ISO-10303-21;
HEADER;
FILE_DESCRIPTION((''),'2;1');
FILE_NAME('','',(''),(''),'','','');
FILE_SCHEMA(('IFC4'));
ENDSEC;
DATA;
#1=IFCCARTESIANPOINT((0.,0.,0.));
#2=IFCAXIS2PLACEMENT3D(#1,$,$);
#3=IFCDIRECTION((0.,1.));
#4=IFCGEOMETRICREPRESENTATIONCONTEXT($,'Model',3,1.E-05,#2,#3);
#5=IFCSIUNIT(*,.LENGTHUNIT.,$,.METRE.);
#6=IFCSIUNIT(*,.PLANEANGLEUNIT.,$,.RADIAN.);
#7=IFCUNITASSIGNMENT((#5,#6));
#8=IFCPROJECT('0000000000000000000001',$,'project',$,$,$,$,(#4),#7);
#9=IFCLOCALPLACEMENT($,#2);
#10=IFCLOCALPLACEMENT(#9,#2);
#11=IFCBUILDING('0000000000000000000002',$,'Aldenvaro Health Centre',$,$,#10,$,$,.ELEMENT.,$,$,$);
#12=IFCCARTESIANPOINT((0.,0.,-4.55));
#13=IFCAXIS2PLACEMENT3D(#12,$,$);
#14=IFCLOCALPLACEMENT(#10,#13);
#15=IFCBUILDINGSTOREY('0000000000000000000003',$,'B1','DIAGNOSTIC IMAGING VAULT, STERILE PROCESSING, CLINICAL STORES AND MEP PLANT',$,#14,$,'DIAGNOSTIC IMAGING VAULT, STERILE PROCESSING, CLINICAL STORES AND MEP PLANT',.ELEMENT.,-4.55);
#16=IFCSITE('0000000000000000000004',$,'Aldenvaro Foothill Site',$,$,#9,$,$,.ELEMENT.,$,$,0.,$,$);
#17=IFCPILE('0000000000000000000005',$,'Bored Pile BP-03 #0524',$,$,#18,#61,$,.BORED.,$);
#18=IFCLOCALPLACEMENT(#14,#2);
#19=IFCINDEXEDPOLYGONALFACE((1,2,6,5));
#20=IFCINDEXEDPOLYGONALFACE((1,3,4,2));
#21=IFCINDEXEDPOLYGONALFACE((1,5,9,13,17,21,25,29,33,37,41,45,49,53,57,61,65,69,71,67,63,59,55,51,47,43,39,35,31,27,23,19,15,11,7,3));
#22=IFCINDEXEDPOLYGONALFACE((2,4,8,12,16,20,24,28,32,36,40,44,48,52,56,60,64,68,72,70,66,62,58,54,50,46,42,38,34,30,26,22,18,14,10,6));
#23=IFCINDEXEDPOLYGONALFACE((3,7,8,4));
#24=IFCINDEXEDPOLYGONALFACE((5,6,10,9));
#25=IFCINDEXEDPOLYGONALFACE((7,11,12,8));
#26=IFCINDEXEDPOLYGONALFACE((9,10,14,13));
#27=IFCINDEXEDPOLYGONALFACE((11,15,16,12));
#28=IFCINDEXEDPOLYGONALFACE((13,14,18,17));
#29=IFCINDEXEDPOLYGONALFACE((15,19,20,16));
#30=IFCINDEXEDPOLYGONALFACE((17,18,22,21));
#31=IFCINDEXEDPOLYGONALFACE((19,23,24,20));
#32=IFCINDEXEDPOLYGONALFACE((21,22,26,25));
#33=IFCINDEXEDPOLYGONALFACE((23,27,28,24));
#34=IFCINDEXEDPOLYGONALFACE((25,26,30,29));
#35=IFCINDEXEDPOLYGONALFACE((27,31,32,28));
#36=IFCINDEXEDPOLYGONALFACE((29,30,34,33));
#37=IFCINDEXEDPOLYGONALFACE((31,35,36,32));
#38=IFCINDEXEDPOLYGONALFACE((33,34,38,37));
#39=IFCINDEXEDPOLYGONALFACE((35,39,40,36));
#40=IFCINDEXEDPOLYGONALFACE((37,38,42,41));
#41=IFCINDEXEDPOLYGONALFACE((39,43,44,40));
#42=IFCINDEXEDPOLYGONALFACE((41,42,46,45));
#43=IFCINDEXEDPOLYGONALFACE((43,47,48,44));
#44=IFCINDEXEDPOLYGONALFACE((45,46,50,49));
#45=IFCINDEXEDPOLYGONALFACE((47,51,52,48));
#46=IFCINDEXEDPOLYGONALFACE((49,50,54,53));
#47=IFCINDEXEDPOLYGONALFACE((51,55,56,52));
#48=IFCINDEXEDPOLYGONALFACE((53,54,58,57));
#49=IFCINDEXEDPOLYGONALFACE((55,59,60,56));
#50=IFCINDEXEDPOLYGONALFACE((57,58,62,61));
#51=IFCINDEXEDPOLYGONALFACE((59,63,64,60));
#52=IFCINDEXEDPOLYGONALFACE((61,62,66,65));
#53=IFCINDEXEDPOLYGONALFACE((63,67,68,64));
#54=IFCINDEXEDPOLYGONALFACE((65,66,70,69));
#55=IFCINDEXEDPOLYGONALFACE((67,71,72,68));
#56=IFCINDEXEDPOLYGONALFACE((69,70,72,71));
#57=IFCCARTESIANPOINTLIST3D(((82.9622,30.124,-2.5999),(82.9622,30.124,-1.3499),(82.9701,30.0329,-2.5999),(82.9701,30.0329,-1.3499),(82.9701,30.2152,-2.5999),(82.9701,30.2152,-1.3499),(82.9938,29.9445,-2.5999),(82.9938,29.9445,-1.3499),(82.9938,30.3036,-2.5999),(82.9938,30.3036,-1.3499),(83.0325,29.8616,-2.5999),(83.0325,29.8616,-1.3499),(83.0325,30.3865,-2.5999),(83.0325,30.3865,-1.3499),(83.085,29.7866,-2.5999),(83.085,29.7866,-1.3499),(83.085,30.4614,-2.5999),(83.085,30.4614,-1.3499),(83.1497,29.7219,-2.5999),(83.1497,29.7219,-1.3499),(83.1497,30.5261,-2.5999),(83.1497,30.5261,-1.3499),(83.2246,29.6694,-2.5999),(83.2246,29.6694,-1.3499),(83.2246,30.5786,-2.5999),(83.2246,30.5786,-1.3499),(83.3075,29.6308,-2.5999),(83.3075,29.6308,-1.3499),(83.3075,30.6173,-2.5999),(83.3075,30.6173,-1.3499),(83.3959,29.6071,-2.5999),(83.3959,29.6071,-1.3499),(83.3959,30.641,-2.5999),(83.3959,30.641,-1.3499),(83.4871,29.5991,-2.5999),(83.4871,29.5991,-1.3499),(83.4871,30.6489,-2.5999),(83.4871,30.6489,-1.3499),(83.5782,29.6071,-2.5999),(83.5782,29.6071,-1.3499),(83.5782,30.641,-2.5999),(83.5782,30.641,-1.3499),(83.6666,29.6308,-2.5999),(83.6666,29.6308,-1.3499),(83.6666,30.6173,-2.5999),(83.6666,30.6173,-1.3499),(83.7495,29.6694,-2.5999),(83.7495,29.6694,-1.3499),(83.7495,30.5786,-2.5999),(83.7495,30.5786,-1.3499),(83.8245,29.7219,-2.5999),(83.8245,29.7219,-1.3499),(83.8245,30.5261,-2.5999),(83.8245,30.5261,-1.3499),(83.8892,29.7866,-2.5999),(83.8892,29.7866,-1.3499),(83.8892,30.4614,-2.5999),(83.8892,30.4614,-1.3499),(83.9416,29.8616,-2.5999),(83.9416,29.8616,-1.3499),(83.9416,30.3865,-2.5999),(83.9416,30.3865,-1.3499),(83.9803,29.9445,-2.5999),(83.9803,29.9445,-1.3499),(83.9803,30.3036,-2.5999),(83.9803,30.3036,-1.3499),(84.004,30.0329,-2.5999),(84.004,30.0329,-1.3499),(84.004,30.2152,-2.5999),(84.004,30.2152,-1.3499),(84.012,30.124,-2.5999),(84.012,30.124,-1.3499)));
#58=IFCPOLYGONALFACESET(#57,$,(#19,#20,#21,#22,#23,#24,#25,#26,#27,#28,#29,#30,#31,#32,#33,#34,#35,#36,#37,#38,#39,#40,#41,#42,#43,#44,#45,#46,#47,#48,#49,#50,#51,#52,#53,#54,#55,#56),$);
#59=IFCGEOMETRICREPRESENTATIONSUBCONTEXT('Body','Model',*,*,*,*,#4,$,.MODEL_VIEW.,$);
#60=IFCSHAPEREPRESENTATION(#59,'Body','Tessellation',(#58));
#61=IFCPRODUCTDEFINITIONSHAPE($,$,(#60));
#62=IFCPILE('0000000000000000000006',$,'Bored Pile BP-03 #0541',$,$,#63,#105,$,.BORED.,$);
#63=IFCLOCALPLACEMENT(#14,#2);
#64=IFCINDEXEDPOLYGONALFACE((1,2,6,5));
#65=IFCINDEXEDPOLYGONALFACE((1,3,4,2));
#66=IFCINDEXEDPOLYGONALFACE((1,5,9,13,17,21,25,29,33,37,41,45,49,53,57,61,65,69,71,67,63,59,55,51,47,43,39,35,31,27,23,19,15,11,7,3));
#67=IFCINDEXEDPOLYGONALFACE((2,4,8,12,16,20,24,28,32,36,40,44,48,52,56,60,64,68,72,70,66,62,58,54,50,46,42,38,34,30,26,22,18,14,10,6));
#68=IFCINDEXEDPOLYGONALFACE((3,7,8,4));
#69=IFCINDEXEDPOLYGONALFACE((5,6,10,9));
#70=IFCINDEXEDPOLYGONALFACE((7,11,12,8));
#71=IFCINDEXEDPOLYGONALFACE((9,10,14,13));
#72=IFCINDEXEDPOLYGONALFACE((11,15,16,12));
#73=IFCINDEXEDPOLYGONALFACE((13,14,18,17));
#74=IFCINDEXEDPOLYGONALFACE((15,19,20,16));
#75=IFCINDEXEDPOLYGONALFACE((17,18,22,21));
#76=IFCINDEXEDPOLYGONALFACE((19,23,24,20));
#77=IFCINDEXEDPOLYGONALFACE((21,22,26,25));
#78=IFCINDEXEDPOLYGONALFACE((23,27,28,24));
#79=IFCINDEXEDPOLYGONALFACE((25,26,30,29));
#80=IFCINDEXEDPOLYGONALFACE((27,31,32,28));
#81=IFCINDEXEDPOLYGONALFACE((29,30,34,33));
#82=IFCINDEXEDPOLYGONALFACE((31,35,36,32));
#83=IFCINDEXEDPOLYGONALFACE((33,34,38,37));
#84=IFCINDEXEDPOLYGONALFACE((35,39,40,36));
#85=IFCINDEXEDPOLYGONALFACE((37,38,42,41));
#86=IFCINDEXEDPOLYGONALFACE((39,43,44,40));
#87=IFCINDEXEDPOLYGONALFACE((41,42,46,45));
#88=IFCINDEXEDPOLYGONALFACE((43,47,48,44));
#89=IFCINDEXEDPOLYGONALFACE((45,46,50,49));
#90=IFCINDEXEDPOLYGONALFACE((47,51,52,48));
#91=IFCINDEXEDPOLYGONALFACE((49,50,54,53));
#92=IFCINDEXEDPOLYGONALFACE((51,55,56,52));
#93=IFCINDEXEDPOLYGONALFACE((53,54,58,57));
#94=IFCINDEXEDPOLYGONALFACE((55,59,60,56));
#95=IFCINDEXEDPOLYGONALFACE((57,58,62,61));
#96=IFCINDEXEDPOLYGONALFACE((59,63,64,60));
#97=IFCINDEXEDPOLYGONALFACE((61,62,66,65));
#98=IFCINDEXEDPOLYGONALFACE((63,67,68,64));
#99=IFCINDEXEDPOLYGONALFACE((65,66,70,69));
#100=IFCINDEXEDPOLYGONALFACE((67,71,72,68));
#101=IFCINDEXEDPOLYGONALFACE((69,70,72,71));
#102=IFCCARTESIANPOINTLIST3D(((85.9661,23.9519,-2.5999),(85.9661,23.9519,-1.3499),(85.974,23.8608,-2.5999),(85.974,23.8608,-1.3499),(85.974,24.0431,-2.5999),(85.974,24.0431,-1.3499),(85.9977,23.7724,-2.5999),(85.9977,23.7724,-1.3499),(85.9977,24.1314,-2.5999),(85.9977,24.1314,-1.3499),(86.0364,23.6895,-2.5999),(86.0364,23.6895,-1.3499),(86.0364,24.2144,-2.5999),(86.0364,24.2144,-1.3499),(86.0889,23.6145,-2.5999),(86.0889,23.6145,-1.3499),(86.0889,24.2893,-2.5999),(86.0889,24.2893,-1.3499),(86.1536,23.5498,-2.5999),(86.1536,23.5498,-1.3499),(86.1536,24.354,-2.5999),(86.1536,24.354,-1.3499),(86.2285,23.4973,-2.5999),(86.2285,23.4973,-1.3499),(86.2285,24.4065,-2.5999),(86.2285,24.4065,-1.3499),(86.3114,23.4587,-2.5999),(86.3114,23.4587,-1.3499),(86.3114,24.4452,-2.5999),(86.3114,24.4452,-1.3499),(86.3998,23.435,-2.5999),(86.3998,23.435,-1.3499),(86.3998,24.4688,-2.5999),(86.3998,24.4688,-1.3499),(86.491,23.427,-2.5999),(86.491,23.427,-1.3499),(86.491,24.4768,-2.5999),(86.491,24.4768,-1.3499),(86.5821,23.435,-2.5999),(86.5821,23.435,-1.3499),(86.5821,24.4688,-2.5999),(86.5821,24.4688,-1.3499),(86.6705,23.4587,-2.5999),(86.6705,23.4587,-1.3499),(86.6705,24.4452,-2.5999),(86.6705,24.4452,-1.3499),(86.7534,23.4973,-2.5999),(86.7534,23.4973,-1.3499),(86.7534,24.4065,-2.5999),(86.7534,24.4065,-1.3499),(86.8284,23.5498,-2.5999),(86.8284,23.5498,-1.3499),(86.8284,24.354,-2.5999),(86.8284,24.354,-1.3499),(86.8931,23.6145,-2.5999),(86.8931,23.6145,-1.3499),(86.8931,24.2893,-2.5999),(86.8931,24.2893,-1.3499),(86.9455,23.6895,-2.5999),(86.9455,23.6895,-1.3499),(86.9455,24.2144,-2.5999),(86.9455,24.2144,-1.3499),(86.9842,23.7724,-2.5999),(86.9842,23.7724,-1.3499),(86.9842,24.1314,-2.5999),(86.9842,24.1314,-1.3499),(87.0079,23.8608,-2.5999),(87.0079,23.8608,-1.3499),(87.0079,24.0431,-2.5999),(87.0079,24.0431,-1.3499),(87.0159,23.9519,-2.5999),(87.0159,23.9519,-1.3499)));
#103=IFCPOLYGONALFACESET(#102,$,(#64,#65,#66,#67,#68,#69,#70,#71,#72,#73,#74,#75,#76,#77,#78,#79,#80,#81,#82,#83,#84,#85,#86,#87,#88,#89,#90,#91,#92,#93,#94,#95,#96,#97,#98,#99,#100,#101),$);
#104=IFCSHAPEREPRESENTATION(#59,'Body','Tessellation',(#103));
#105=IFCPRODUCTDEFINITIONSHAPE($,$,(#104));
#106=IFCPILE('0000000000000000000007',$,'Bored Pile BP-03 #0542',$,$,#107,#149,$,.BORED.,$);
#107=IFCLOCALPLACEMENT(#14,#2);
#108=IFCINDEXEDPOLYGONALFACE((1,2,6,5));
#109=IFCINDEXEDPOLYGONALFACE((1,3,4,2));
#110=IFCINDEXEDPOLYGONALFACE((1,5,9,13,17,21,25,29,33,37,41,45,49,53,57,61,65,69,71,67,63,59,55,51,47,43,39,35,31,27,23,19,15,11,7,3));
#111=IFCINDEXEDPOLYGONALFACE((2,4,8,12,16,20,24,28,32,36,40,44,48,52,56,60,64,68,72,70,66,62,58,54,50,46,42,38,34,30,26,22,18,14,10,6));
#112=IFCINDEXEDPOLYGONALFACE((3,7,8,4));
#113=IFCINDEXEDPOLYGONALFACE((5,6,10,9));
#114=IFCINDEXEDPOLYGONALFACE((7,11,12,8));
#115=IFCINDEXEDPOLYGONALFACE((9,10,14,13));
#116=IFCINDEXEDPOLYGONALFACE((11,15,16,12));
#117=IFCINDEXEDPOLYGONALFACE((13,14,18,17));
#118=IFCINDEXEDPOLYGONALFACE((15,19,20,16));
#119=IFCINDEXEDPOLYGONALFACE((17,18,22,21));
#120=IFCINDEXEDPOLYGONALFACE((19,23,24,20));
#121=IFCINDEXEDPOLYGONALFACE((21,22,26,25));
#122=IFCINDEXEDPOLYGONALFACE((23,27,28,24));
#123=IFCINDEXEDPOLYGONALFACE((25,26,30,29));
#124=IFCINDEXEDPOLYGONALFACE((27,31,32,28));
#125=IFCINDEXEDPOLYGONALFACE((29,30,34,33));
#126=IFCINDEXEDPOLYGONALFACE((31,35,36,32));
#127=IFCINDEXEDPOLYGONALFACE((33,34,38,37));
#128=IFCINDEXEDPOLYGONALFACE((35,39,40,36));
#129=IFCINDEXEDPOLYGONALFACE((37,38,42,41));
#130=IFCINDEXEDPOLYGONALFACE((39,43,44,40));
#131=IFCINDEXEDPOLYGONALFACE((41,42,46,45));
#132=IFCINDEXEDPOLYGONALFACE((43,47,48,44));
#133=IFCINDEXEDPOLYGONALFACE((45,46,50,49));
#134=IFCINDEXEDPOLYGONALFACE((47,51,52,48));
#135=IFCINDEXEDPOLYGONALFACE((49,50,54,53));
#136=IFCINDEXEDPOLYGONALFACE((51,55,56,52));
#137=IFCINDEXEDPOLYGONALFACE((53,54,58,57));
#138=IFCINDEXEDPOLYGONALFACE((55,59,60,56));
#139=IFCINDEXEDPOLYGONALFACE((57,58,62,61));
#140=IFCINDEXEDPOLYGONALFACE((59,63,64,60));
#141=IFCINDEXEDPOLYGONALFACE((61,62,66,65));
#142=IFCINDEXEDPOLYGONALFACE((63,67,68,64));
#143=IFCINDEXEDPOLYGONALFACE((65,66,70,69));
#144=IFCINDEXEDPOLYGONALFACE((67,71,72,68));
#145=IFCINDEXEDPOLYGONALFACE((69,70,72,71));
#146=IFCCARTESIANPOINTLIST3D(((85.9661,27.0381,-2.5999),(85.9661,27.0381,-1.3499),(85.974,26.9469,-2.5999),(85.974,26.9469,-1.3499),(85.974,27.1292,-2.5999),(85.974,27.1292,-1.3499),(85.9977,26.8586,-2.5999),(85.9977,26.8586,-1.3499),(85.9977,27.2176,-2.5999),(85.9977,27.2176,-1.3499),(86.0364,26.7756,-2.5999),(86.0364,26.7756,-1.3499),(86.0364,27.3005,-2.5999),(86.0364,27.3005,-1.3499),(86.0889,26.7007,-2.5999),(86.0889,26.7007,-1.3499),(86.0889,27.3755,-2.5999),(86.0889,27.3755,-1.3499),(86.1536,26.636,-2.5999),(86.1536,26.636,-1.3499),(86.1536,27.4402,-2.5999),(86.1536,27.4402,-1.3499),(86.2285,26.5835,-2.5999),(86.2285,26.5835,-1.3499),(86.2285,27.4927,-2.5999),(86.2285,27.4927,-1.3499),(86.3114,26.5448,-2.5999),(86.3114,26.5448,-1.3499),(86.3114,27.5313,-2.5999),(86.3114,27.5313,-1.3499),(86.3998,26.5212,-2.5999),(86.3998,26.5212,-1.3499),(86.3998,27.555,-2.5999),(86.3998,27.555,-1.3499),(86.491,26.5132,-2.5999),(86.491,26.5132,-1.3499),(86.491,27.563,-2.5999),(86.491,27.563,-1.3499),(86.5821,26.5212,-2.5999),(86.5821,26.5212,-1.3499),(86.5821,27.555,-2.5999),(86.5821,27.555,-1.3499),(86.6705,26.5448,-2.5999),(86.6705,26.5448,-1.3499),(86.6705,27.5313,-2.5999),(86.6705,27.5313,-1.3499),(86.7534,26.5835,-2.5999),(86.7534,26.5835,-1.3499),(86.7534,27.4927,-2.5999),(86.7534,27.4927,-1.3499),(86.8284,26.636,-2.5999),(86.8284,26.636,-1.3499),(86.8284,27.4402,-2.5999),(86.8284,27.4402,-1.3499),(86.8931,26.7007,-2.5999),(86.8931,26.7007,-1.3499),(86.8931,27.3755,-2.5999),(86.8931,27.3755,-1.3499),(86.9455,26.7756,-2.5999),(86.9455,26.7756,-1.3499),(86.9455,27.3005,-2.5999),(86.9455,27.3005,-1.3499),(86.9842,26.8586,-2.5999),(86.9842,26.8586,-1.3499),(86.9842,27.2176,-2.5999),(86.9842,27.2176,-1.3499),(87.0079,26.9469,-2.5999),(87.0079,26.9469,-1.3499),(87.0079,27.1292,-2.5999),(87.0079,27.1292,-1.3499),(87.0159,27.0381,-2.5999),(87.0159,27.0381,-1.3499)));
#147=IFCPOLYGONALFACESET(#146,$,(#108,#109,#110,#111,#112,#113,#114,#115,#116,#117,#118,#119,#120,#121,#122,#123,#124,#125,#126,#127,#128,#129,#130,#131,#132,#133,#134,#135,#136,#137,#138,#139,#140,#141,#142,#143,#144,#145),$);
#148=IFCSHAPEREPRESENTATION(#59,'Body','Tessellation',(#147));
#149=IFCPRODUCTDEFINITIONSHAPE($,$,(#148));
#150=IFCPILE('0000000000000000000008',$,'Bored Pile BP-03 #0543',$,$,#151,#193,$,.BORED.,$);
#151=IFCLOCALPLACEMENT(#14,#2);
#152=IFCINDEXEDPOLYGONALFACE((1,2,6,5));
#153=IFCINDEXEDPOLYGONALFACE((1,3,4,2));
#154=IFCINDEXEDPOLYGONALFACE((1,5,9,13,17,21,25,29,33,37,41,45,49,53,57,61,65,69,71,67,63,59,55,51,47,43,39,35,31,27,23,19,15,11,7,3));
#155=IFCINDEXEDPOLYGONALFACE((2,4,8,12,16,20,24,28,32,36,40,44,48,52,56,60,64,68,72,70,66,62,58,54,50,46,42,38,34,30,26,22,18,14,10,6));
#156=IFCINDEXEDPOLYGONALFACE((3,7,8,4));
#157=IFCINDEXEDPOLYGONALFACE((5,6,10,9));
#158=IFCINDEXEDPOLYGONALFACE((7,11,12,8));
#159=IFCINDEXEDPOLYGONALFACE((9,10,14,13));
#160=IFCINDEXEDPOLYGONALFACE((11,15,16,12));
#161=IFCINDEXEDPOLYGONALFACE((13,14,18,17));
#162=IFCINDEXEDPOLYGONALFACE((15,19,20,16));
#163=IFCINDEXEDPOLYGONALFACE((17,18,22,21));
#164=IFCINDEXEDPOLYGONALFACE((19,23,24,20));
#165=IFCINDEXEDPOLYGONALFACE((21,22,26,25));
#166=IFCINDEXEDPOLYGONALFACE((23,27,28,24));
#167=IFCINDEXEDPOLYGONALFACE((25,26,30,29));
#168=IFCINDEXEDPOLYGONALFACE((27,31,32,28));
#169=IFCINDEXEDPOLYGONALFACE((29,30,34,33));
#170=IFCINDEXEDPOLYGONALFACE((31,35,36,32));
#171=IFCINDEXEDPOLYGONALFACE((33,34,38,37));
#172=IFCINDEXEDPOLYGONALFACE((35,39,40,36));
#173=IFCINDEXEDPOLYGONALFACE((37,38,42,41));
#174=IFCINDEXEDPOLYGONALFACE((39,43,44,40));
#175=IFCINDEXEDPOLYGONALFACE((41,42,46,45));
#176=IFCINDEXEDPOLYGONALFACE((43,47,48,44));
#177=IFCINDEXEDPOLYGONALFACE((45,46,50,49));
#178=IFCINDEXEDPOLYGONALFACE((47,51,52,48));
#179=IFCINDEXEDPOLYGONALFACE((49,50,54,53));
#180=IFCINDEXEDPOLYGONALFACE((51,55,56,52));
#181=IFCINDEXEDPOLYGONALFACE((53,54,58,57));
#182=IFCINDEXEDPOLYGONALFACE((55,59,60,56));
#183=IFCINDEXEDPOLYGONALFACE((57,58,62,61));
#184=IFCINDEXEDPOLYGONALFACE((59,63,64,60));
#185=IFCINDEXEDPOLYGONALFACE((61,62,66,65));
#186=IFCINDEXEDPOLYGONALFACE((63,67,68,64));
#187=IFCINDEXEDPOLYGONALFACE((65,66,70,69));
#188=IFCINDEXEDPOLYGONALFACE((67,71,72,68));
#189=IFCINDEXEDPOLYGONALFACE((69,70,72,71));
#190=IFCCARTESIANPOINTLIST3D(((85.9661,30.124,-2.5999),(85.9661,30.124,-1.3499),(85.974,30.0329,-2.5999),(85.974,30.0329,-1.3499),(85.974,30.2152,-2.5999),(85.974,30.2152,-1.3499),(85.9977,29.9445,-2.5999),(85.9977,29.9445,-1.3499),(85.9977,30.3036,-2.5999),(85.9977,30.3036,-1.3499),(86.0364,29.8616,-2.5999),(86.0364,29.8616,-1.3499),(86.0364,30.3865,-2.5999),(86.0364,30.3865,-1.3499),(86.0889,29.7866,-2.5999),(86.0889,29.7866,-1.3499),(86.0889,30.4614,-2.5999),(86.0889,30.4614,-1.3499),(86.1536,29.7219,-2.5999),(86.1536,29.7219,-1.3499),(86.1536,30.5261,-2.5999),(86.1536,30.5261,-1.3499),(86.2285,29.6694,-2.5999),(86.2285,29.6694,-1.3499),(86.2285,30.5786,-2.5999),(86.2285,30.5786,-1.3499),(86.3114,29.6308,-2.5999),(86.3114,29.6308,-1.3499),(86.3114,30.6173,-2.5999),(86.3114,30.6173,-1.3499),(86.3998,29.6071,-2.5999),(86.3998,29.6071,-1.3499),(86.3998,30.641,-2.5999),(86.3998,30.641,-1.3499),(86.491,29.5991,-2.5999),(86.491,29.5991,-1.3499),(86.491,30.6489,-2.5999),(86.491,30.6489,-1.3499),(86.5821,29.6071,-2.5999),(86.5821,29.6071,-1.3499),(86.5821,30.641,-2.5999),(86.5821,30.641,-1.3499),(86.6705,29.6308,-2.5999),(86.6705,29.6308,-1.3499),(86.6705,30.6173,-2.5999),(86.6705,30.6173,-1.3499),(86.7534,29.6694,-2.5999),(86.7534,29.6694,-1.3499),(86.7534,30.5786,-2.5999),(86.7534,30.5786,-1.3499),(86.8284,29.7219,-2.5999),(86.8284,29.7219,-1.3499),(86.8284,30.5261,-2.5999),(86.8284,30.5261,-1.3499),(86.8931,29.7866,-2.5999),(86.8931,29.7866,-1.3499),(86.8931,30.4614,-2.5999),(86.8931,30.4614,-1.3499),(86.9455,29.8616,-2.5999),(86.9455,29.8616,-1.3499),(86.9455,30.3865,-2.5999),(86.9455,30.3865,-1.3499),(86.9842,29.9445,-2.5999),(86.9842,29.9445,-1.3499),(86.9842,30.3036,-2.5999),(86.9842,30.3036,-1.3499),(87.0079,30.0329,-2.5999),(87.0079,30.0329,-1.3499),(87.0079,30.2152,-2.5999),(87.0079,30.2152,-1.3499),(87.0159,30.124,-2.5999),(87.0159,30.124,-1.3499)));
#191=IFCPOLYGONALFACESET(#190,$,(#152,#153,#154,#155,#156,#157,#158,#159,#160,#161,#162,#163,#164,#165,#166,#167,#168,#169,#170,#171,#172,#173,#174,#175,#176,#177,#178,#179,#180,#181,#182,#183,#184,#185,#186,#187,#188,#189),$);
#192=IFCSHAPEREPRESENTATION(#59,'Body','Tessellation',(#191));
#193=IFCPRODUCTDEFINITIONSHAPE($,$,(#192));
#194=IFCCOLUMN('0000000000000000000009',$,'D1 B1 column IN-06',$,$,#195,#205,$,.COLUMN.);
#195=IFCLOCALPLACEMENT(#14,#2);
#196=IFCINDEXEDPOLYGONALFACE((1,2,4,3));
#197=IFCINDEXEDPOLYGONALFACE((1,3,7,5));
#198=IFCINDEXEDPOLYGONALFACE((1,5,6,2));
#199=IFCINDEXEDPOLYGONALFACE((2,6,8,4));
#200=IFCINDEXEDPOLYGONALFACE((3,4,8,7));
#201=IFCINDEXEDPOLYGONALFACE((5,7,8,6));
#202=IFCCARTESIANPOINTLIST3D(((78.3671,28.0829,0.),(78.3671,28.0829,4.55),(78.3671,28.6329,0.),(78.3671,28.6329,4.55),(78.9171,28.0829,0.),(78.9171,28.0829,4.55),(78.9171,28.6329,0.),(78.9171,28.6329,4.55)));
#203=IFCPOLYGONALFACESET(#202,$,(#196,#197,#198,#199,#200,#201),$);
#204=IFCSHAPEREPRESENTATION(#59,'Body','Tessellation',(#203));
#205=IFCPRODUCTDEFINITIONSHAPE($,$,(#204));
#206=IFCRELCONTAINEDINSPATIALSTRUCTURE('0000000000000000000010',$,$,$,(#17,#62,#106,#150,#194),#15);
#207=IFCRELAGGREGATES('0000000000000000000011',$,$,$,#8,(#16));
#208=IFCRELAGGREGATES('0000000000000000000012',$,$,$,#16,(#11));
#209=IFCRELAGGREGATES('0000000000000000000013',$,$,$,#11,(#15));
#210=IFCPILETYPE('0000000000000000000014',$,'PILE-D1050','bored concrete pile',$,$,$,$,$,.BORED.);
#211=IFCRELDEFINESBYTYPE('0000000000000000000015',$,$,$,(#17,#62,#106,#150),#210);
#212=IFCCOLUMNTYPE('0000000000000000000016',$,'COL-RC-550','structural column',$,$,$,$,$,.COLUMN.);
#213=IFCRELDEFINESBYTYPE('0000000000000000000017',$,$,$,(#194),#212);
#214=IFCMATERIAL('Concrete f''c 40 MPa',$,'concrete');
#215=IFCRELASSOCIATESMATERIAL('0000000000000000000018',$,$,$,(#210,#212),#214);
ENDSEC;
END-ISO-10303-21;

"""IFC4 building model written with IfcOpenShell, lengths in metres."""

from ifc_helpers import new_model, si_unit, direction, frame, origin, origin_2d, place, context, subcontext, project, spatial, rectangle, circle, extrude, material, material_profile, profile_set, type_object, element, save


model = new_model("IFC4")

# Units and contexts
model_context = context("Model", 3, precision=1e-05, world=origin(), true_north=direction((0.0, 1.0)))
body_context = subcontext(model_context, "Body", "Model", "MODEL_VIEW")
ifc_project = project(units=[si_unit("LENGTHUNIT", "METRE"), si_unit("PLANEANGLEUNIT", "RADIAN")], contexts=[model_context])

# Site, building, storey
site_placement = place(None, origin())
site = spatial("IfcSite", under=ifc_project, at=site_placement, Name="Aldenvaro Foothill Site", CompositionType="ELEMENT", RefElevation=0.0)
building_placement = place(site_placement, origin())
building = spatial("IfcBuilding", under=site, at=building_placement, Name="Aldenvaro Health Centre", CompositionType="ELEMENT")
storey_placement = place(building_placement, frame((0.0, 0.0, -4.55)))
storey = spatial("IfcBuildingStorey", under=building, at=storey_placement, Name="B1", Description="DIAGNOSTIC IMAGING VAULT, STERILE PROCESSING, CLINICAL STORES AND MEP PLANT", LongName="DIAGNOSTIC IMAGING VAULT, STERILE PROCESSING, CLINICAL STORES AND MEP PLANT", CompositionType="ELEMENT", Elevation=-4.55)

# Piles
ifc_material_1 = material(Name="Concrete f'c 40 MPa", Category="concrete")
ifc_material_profile_1 = material_profile(ifc_material_1, circle(Radius=0.5249, at=origin_2d()), Name="PILE D1050", Category="concrete")
ifc_profile_set_1 = profile_set([ifc_material_profile_1], Name="Concrete f'c 40 MPa")
pile_type = type_object("IfcPileType", Name="PILE-D1050", Description="bored concrete pile", PredefinedType="BORED", material=ifc_profile_set_1)
for number, where, z_axis, x_axis, name in (
    (1, (83.4871, 30.124, -1.3499), (0.0, 0.0, -1.0), (1.0, 0.0, 0.0), "Bored Pile BP-03 #0524"),
    (2, (86.491, 23.9519, -1.3499), (0.0, 0.0, -1.0), (1.0, 0.0, 0.0), "Bored Pile BP-03 #0541"),
    (3, (86.491, 27.0381, -1.3499), (0.0, 0.0, -1.0), (1.0, 0.0, 0.0), "Bored Pile BP-03 #0542"),
    (4, (86.491, 30.124, -1.3499), (0.0, 0.0, -1.0), (1.0, 0.0, 0.0), "Bored Pile BP-03 #0543"),
):
    element("IfcPile", number, at=place(storey_placement, frame(where, z_axis=z_axis, x_axis=x_axis)), inside=storey, type_object=pile_type, Name=name, PredefinedType="BORED", context=body_context, shape_type="SweptSolid", body=[
        extrude(circle(Radius=0.5249, at=origin_2d()), origin(), (0.0, 0.0, 1.0), 1.25),
    ])

# Column
ifc_material_profile_2 = material_profile(ifc_material_1, rectangle(XDim=0.55, YDim=0.55, at=origin_2d()), Name="RC 550x550", Category="concrete")
ifc_profile_set_2 = profile_set([ifc_material_profile_2], Name="Concrete f'c 40 MPa")
column_type = type_object("IfcColumnType", Name="COL-RC-550", Description="structural column", PredefinedType="COLUMN", material=ifc_profile_set_2)
for number, where, z_axis, x_axis, name in (
    (5, (78.6421, 28.3579, 0.0), (0.0, 0.0, 1.0), (1.0, 0.0, 0.0), "D1 B1 column IN-06"),
):
    element("IfcColumn", number, at=place(storey_placement, frame(where, z_axis=z_axis, x_axis=x_axis)), inside=storey, type_object=column_type, Name=name, PredefinedType="COLUMN", context=body_context, shape_type="SweptSolid", body=[
        extrude(rectangle(XDim=0.55, YDim=0.55, at=origin_2d()), origin(), (0.0, 0.0, 1.0), 4.55),
    ])

save(model, "model.ifc")
